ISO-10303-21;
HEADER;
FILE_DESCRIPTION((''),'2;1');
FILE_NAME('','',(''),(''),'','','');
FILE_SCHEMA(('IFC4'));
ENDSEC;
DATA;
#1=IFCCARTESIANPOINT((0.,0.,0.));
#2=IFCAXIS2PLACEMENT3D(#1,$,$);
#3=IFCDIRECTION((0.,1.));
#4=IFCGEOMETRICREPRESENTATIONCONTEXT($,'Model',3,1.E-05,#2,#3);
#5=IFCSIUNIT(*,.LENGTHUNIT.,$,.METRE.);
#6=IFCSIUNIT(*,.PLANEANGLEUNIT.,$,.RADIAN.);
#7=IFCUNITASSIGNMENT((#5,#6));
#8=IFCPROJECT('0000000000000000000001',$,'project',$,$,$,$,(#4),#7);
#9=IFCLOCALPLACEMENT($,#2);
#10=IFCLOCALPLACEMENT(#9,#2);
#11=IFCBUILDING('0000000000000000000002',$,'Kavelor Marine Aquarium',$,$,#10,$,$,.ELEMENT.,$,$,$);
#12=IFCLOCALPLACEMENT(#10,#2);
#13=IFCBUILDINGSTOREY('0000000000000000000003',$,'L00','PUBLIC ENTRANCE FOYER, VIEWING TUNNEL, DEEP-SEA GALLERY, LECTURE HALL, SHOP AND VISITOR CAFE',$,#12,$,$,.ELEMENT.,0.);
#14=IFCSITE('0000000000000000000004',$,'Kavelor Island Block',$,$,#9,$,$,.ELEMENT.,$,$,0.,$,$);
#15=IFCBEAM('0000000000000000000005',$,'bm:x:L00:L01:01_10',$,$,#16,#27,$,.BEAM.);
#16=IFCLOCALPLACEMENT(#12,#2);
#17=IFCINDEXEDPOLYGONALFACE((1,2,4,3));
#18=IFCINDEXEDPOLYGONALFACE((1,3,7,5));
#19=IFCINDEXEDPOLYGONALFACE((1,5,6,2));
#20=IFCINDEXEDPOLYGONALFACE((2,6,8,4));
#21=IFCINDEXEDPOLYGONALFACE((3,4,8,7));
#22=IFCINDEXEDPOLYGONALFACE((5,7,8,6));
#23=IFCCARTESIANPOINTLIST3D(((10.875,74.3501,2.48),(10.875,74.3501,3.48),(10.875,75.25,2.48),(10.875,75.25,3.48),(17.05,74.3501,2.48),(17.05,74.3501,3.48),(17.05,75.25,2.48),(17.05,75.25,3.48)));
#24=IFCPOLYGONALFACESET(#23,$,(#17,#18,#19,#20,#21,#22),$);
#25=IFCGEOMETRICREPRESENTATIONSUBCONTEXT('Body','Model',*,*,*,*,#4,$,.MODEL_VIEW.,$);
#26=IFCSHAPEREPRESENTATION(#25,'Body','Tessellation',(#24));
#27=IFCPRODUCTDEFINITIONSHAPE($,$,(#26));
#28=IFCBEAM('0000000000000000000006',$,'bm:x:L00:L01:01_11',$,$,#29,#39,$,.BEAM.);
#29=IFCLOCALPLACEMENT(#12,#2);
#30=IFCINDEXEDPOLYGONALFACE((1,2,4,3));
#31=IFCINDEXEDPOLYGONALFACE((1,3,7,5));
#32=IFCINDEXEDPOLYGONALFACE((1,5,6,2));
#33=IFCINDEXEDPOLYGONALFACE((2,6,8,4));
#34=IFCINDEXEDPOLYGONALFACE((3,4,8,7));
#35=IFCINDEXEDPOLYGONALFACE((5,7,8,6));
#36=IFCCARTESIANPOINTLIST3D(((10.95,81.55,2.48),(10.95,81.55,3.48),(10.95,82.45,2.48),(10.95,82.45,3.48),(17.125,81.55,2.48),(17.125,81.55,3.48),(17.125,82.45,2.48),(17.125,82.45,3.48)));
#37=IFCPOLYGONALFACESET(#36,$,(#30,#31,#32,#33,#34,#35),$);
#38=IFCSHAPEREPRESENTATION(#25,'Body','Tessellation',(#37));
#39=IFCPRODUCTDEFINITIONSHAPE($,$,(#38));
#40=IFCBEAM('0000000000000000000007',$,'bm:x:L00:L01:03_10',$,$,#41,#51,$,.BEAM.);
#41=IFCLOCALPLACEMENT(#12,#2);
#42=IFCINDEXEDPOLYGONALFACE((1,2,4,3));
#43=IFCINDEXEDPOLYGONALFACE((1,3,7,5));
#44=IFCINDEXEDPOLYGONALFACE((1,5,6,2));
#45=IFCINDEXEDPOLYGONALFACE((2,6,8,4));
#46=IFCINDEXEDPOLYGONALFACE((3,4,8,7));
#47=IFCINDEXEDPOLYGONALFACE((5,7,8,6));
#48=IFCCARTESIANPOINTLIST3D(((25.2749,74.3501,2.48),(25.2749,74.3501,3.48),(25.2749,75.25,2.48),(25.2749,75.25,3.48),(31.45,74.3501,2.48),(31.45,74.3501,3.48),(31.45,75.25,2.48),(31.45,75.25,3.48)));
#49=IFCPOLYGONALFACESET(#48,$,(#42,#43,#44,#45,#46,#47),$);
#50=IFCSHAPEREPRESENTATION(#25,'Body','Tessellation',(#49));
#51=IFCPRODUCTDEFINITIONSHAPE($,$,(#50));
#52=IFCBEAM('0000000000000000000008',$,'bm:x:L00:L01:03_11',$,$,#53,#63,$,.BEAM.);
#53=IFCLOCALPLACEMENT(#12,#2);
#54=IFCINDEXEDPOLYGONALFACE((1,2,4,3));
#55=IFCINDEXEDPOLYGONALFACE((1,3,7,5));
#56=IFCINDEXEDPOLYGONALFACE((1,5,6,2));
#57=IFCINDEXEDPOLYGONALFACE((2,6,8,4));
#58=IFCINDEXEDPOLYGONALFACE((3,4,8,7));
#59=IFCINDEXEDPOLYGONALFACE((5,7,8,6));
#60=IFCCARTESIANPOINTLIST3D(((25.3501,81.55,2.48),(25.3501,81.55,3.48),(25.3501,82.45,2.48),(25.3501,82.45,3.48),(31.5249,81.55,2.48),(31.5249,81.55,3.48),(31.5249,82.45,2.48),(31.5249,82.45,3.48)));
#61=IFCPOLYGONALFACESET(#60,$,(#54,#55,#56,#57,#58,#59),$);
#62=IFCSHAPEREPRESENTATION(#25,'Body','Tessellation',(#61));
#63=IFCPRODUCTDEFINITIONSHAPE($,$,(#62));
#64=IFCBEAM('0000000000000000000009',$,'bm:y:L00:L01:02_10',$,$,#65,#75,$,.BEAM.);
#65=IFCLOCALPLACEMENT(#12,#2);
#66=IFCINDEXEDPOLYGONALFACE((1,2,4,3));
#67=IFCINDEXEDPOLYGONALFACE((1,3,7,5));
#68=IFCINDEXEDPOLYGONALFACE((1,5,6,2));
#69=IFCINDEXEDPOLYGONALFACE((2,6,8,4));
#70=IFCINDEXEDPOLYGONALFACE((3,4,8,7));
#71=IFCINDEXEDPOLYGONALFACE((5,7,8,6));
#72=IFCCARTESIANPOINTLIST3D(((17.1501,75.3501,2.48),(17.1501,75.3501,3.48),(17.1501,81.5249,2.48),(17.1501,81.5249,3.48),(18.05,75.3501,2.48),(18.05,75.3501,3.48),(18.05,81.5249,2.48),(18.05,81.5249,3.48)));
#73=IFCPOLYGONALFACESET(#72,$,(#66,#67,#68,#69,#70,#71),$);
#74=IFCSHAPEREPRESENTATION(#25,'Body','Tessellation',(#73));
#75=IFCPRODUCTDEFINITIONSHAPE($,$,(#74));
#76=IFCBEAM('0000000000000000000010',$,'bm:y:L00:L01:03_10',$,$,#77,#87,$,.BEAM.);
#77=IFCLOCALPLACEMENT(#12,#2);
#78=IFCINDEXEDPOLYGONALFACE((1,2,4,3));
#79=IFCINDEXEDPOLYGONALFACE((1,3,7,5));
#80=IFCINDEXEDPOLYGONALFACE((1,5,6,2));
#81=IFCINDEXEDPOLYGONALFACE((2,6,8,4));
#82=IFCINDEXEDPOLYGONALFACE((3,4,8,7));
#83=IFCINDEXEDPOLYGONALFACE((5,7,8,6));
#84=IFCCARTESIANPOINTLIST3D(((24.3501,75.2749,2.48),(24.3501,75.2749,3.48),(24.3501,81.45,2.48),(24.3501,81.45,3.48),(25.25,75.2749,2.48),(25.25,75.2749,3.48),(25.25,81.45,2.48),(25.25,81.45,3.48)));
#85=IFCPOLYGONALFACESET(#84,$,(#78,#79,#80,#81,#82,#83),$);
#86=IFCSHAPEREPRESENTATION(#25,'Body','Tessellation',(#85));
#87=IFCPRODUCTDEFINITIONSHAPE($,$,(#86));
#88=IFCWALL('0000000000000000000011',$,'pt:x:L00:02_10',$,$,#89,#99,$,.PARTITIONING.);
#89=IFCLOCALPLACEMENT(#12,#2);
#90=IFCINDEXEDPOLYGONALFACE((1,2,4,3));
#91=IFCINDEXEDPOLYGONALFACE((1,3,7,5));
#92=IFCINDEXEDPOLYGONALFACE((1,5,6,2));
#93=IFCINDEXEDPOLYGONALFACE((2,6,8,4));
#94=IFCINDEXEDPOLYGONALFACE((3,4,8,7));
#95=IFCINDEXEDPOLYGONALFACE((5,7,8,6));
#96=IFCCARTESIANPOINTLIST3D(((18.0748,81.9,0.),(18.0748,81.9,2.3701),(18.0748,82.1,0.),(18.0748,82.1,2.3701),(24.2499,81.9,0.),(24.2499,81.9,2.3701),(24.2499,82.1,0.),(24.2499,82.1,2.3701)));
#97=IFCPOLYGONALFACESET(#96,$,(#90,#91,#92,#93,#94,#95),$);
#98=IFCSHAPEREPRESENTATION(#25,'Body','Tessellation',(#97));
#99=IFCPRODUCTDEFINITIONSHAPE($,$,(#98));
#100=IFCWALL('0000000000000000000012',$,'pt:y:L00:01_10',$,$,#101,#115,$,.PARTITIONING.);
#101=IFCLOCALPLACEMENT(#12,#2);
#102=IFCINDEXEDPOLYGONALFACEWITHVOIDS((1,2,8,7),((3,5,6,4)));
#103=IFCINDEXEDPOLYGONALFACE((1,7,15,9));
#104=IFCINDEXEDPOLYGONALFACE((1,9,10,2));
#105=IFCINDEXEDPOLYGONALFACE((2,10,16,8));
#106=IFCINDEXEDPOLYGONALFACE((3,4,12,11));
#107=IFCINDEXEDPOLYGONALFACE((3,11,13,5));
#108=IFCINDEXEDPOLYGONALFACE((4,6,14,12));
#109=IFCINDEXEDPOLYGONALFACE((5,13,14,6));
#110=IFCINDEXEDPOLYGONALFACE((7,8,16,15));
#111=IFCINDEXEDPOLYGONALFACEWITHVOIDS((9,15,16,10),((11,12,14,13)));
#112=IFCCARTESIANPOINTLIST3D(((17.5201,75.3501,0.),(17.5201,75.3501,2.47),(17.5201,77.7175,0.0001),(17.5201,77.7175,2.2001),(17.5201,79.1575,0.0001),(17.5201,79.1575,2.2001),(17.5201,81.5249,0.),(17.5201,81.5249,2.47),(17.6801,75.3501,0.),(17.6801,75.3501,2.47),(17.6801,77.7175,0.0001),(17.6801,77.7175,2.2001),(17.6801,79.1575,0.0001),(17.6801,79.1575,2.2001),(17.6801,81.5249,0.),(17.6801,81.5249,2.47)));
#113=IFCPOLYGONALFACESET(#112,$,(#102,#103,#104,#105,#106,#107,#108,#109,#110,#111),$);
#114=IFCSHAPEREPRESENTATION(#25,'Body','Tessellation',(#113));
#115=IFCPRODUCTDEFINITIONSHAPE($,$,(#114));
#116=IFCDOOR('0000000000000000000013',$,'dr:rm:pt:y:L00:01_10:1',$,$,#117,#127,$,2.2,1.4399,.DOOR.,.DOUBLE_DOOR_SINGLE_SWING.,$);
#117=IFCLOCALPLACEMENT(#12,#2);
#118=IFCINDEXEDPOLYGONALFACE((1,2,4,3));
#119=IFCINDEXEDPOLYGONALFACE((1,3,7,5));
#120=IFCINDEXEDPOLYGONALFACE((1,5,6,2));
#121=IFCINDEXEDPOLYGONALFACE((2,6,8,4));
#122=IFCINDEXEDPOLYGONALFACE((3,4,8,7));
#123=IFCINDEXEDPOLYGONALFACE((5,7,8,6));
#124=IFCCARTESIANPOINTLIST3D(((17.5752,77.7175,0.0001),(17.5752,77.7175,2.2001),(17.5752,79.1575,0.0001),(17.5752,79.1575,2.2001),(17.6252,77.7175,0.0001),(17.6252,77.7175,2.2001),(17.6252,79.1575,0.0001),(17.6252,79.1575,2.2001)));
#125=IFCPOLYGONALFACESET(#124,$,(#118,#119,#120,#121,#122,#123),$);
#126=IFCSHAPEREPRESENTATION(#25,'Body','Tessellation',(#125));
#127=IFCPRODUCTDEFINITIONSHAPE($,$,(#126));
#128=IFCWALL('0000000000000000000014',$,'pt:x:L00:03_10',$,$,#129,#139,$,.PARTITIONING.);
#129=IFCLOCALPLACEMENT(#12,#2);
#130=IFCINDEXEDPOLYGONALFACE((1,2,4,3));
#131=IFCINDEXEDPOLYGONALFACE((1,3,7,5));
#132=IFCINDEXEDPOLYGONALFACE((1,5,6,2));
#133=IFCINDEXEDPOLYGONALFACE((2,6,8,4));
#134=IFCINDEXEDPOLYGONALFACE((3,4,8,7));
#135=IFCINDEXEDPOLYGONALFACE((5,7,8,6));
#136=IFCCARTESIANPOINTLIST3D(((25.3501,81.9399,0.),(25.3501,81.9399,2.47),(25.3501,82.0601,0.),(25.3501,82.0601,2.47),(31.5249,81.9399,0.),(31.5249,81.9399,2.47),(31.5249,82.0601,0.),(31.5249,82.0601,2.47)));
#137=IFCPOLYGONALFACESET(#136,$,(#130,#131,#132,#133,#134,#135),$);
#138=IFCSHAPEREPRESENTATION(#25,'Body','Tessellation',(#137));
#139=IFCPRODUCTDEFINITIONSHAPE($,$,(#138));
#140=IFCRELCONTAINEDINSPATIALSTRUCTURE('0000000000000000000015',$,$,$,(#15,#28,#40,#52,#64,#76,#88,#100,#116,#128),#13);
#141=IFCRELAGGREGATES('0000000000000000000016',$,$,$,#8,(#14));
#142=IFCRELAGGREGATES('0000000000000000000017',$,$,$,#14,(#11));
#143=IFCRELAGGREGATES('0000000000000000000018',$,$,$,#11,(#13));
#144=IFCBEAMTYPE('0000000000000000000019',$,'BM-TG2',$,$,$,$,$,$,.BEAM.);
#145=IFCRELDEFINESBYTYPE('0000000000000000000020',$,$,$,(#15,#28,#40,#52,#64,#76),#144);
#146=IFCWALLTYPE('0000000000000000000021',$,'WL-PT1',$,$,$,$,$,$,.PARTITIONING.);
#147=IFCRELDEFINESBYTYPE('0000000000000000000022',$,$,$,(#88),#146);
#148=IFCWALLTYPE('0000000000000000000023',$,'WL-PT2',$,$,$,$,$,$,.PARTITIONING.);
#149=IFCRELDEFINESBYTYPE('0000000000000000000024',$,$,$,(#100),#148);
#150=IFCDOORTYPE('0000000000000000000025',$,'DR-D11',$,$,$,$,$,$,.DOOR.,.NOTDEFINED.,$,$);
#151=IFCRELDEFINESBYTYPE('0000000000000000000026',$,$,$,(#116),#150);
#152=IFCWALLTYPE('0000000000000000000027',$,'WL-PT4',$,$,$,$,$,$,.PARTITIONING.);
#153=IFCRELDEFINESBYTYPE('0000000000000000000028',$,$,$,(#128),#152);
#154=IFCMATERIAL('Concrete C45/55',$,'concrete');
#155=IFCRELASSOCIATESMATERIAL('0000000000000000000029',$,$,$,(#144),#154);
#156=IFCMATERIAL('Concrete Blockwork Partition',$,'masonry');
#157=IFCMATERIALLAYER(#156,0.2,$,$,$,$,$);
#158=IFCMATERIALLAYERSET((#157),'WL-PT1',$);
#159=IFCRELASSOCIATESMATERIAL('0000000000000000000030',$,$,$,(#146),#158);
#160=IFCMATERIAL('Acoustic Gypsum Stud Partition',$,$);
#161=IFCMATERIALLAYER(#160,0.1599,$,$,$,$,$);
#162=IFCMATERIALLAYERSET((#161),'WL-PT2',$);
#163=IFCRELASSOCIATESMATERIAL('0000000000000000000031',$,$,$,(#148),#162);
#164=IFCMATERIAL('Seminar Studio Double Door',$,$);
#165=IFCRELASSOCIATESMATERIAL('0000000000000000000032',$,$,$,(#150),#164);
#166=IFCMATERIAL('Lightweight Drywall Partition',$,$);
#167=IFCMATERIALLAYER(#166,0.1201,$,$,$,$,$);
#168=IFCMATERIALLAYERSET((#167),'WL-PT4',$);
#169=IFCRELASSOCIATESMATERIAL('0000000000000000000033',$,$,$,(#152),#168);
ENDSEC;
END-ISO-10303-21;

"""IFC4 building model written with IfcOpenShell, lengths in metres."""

from ifc_helpers import new_model, si_unit, direction, frame, frame_2d, origin, origin_2d, place, context, subcontext, project, spatial, rectangle, extrude, material, layer, layer_set, material_profile, profile_set, type_object, element, fill, save


model = new_model("IFC4")

# Units and contexts
model_context = context("Model", 3, precision=1e-05, world=origin(), true_north=direction((0.0, 1.0)))
body_context = subcontext(model_context, "Body", "Model", "MODEL_VIEW")
ifc_project = project(units=[si_unit("LENGTHUNIT", "METRE"), si_unit("PLANEANGLEUNIT", "RADIAN")], contexts=[model_context])

# Site, building, storey
site_placement = place(None, origin())
site = spatial("IfcSite", under=ifc_project, at=site_placement, Name="Kavelor Island Block", CompositionType="ELEMENT", RefElevation=0.0)
building_placement = place(site_placement, origin())
building = spatial("IfcBuilding", under=site, at=building_placement, Name="Kavelor Marine Aquarium", CompositionType="ELEMENT")
storey_placement = place(building_placement, origin())
storey = spatial("IfcBuildingStorey", under=building, at=storey_placement, Name="L00", Description="PUBLIC ENTRANCE FOYER, VIEWING TUNNEL, DEEP-SEA GALLERY, LECTURE HALL, SHOP AND VISITOR CAFE", CompositionType="ELEMENT", Elevation=0.0)

# Beams
ifc_material_1 = material(Name="Concrete C45/55", Category="concrete")
ifc_material_profile_1 = material_profile(ifc_material_1, rectangle(XDim=0.8999, YDim=1.0, at=origin_2d()), Name="RC-TG 900x1000")
ifc_profile_set_1 = profile_set([ifc_material_profile_1], Name="Concrete C45/55")
beam_type_1 = type_object("IfcBeamType", Name="BM-TG2", PredefinedType="BEAM", material=ifc_profile_set_1)
for number, where, z_axis, x_axis, name in (
    (1, (10.875, 74.8, 2.98), (1.0, 0.0, 0.0), (0.0, 1.0, 0.0), "bm:x:L00:L01:01_10"),
    (2, (10.95, 82.0, 2.98), (1.0, 0.0, 0.0), (0.0, 1.0, 0.0), "bm:x:L00:L01:01_11"),
    (3, (25.2749, 74.8, 2.98), (1.0, 0.0, 0.0), (0.0, 1.0, 0.0), "bm:x:L00:L01:03_10"),
):
    element("IfcBeam", number, at=place(storey_placement, frame(where, z_axis=z_axis, x_axis=x_axis)), inside=storey, type_object=beam_type_1, Name=name, PredefinedType="BEAM", context=body_context, shape_type="SweptSolid", body=[
        extrude(rectangle(XDim=0.8999, YDim=1.0, at=origin_2d()), origin(), (0.0, 0.0, 1.0), 6.175),
    ])
for number, where, z_axis, x_axis, name in (
    (4, (25.3501, 82.0, 2.98), (1.0, 0.0, 0.0), (0.0, 1.0, 0.0), "bm:x:L00:L01:03_11"),
    (5, (17.6001, 75.3501, 2.98), (0.0, 1.0, 0.0), (-1.0, 0.0, 0.0), "bm:y:L00:L01:02_10"),
):
    element("IfcBeam", number, at=place(storey_placement, frame(where, z_axis=z_axis, x_axis=x_axis)), inside=storey, type_object=beam_type_1, Name=name, PredefinedType="BEAM", context=body_context, shape_type="SweptSolid", body=[
        extrude(rectangle(XDim=0.8999, YDim=1.0, at=origin_2d()), origin(), (0.0, 0.0, 1.0), 6.1748),
    ])
beam_1_placement = place(storey_placement, frame((24.8, 75.2749, 2.98), z_axis=(0.0, 1.0, 0.0), x_axis=(-1.0, 0.0, 0.0)))
element("IfcBeam", 6, at=beam_1_placement, inside=storey, type_object=beam_type_1, Name="bm:y:L00:L01:03_10", PredefinedType="BEAM", context=body_context, shape_type="SweptSolid", body=[
    extrude(rectangle(XDim=0.8999, YDim=1.0, at=origin_2d()), origin(), (0.0, 0.0, 1.0), 6.175),
])

# Wall
ifc_material_2 = material(Name="Concrete Blockwork Partition", Category="masonry")
ifc_layer_1 = layer(ifc_material_2, 0.2)
ifc_layer_set_1 = layer_set([ifc_layer_1], Name="WL-PT1")
wall_type_1 = type_object("IfcWallType", Name="WL-PT1", PredefinedType="PARTITIONING", material=ifc_layer_set_1)
wall_1_placement = place(storey_placement, frame((18.075, 82.0, 0.0), z_axis=(0.0, 0.0, 1.0), x_axis=(1.0, 0.0, 0.0)))
element("IfcWall", 7, at=wall_1_placement, inside=storey, type_object=wall_type_1, Name="pt:x:L00:02_10", PredefinedType="PARTITIONING", context=body_context, shape_type="SweptSolid", body=[
    extrude(rectangle(XDim=6.175, YDim=0.2, at=frame_2d((3.0874, 0.0))), origin(), (0.0, 0.0, 1.0), 2.3701),
])

# Wall, opening, door
ifc_material_3 = material(Name="Acoustic Gypsum Stud Partition")
ifc_layer_2 = layer(ifc_material_3, 0.1599)
ifc_layer_set_2 = layer_set([ifc_layer_2], Name="WL-PT2")
wall_type_2 = type_object("IfcWallType", Name="WL-PT2", PredefinedType="PARTITIONING", material=ifc_layer_set_2)
wall_2_placement = place(storey_placement, frame((17.6001, 75.3501, 0.0), z_axis=(0.0, 0.0, 1.0), x_axis=(0.0, 1.0, 0.0)))
wall_2 = element("IfcWall", 8, at=wall_2_placement, inside=storey, type_object=wall_type_2, Name="pt:y:L00:01_10", PredefinedType="PARTITIONING", context=body_context, shape_type="SweptSolid", body=[
    extrude(rectangle(XDim=6.1748, YDim=0.1599, at=frame_2d((3.0874, 0.0))), origin(), (0.0, 0.0, 1.0), 2.47),
])
opening_placement = place(wall_2_placement, frame((2.3674, 0.0, 0.0)))
opening = element("IfcOpeningElement", 9, at=opening_placement, cuts=wall_2, PredefinedType="OPENING", context=body_context, shape_type="SweptSolid", body=[
    extrude(rectangle(XDim=1.4399, YDim=2.2, at=frame_2d((0.72, 1.1001))), frame((0.0, 0.0898, 0.0), z_axis=(0.0, -1.0, 0.0), x_axis=(1.0, 0.0, 0.0)), (0.0, 0.0, 1.0), 0.1799),
])
ifc_material_4 = material(Name="Seminar Studio Double Door")
door_type = type_object("IfcDoorType", Name="DR-D11", OperationType="NOTDEFINED", PredefinedType="DOOR", material=ifc_material_4)
door_placement = place(opening_placement, origin())
door = element("IfcDoor", 10, at=door_placement, inside=storey, type_object=door_type, Name="dr:rm:pt:y:L00:01_10:1", OperationType="DOUBLE_DOOR_SINGLE_SWING", OverallHeight=2.2, OverallWidth=1.4399, PredefinedType="DOOR", context=body_context, shape_type="SweptSolid", body=[
    extrude(rectangle(XDim=1.4399, YDim=2.2, at=frame_2d((0.72, 1.1001))), frame((0.0, 0.0249, 0.0), z_axis=(0.0, -1.0, 0.0), x_axis=(1.0, 0.0, 0.0)), (0.0, 0.0, 1.0), 0.05),
])
fill(opening, door)

# Wall
ifc_material_5 = material(Name="Lightweight Drywall Partition")
ifc_layer_3 = layer(ifc_material_5, 0.1201)
ifc_layer_set_3 = layer_set([ifc_layer_3], Name="WL-PT4")
wall_type_3 = type_object("IfcWallType", Name="WL-PT4", PredefinedType="PARTITIONING", material=ifc_layer_set_3)
wall_3_placement = place(storey_placement, frame((25.3501, 82.0, 0.0), z_axis=(0.0, 0.0, 1.0), x_axis=(1.0, 0.0, 0.0)))
element("IfcWall", 11, at=wall_3_placement, inside=storey, type_object=wall_type_3, Name="pt:x:L00:03_10", PredefinedType="PARTITIONING", context=body_context, shape_type="SweptSolid", body=[
    extrude(rectangle(XDim=6.1748, YDim=0.1201, at=frame_2d((3.0874, 0.0))), origin(), (0.0, 0.0, 1.0), 2.47),
])

save(model, "model.ifc")
